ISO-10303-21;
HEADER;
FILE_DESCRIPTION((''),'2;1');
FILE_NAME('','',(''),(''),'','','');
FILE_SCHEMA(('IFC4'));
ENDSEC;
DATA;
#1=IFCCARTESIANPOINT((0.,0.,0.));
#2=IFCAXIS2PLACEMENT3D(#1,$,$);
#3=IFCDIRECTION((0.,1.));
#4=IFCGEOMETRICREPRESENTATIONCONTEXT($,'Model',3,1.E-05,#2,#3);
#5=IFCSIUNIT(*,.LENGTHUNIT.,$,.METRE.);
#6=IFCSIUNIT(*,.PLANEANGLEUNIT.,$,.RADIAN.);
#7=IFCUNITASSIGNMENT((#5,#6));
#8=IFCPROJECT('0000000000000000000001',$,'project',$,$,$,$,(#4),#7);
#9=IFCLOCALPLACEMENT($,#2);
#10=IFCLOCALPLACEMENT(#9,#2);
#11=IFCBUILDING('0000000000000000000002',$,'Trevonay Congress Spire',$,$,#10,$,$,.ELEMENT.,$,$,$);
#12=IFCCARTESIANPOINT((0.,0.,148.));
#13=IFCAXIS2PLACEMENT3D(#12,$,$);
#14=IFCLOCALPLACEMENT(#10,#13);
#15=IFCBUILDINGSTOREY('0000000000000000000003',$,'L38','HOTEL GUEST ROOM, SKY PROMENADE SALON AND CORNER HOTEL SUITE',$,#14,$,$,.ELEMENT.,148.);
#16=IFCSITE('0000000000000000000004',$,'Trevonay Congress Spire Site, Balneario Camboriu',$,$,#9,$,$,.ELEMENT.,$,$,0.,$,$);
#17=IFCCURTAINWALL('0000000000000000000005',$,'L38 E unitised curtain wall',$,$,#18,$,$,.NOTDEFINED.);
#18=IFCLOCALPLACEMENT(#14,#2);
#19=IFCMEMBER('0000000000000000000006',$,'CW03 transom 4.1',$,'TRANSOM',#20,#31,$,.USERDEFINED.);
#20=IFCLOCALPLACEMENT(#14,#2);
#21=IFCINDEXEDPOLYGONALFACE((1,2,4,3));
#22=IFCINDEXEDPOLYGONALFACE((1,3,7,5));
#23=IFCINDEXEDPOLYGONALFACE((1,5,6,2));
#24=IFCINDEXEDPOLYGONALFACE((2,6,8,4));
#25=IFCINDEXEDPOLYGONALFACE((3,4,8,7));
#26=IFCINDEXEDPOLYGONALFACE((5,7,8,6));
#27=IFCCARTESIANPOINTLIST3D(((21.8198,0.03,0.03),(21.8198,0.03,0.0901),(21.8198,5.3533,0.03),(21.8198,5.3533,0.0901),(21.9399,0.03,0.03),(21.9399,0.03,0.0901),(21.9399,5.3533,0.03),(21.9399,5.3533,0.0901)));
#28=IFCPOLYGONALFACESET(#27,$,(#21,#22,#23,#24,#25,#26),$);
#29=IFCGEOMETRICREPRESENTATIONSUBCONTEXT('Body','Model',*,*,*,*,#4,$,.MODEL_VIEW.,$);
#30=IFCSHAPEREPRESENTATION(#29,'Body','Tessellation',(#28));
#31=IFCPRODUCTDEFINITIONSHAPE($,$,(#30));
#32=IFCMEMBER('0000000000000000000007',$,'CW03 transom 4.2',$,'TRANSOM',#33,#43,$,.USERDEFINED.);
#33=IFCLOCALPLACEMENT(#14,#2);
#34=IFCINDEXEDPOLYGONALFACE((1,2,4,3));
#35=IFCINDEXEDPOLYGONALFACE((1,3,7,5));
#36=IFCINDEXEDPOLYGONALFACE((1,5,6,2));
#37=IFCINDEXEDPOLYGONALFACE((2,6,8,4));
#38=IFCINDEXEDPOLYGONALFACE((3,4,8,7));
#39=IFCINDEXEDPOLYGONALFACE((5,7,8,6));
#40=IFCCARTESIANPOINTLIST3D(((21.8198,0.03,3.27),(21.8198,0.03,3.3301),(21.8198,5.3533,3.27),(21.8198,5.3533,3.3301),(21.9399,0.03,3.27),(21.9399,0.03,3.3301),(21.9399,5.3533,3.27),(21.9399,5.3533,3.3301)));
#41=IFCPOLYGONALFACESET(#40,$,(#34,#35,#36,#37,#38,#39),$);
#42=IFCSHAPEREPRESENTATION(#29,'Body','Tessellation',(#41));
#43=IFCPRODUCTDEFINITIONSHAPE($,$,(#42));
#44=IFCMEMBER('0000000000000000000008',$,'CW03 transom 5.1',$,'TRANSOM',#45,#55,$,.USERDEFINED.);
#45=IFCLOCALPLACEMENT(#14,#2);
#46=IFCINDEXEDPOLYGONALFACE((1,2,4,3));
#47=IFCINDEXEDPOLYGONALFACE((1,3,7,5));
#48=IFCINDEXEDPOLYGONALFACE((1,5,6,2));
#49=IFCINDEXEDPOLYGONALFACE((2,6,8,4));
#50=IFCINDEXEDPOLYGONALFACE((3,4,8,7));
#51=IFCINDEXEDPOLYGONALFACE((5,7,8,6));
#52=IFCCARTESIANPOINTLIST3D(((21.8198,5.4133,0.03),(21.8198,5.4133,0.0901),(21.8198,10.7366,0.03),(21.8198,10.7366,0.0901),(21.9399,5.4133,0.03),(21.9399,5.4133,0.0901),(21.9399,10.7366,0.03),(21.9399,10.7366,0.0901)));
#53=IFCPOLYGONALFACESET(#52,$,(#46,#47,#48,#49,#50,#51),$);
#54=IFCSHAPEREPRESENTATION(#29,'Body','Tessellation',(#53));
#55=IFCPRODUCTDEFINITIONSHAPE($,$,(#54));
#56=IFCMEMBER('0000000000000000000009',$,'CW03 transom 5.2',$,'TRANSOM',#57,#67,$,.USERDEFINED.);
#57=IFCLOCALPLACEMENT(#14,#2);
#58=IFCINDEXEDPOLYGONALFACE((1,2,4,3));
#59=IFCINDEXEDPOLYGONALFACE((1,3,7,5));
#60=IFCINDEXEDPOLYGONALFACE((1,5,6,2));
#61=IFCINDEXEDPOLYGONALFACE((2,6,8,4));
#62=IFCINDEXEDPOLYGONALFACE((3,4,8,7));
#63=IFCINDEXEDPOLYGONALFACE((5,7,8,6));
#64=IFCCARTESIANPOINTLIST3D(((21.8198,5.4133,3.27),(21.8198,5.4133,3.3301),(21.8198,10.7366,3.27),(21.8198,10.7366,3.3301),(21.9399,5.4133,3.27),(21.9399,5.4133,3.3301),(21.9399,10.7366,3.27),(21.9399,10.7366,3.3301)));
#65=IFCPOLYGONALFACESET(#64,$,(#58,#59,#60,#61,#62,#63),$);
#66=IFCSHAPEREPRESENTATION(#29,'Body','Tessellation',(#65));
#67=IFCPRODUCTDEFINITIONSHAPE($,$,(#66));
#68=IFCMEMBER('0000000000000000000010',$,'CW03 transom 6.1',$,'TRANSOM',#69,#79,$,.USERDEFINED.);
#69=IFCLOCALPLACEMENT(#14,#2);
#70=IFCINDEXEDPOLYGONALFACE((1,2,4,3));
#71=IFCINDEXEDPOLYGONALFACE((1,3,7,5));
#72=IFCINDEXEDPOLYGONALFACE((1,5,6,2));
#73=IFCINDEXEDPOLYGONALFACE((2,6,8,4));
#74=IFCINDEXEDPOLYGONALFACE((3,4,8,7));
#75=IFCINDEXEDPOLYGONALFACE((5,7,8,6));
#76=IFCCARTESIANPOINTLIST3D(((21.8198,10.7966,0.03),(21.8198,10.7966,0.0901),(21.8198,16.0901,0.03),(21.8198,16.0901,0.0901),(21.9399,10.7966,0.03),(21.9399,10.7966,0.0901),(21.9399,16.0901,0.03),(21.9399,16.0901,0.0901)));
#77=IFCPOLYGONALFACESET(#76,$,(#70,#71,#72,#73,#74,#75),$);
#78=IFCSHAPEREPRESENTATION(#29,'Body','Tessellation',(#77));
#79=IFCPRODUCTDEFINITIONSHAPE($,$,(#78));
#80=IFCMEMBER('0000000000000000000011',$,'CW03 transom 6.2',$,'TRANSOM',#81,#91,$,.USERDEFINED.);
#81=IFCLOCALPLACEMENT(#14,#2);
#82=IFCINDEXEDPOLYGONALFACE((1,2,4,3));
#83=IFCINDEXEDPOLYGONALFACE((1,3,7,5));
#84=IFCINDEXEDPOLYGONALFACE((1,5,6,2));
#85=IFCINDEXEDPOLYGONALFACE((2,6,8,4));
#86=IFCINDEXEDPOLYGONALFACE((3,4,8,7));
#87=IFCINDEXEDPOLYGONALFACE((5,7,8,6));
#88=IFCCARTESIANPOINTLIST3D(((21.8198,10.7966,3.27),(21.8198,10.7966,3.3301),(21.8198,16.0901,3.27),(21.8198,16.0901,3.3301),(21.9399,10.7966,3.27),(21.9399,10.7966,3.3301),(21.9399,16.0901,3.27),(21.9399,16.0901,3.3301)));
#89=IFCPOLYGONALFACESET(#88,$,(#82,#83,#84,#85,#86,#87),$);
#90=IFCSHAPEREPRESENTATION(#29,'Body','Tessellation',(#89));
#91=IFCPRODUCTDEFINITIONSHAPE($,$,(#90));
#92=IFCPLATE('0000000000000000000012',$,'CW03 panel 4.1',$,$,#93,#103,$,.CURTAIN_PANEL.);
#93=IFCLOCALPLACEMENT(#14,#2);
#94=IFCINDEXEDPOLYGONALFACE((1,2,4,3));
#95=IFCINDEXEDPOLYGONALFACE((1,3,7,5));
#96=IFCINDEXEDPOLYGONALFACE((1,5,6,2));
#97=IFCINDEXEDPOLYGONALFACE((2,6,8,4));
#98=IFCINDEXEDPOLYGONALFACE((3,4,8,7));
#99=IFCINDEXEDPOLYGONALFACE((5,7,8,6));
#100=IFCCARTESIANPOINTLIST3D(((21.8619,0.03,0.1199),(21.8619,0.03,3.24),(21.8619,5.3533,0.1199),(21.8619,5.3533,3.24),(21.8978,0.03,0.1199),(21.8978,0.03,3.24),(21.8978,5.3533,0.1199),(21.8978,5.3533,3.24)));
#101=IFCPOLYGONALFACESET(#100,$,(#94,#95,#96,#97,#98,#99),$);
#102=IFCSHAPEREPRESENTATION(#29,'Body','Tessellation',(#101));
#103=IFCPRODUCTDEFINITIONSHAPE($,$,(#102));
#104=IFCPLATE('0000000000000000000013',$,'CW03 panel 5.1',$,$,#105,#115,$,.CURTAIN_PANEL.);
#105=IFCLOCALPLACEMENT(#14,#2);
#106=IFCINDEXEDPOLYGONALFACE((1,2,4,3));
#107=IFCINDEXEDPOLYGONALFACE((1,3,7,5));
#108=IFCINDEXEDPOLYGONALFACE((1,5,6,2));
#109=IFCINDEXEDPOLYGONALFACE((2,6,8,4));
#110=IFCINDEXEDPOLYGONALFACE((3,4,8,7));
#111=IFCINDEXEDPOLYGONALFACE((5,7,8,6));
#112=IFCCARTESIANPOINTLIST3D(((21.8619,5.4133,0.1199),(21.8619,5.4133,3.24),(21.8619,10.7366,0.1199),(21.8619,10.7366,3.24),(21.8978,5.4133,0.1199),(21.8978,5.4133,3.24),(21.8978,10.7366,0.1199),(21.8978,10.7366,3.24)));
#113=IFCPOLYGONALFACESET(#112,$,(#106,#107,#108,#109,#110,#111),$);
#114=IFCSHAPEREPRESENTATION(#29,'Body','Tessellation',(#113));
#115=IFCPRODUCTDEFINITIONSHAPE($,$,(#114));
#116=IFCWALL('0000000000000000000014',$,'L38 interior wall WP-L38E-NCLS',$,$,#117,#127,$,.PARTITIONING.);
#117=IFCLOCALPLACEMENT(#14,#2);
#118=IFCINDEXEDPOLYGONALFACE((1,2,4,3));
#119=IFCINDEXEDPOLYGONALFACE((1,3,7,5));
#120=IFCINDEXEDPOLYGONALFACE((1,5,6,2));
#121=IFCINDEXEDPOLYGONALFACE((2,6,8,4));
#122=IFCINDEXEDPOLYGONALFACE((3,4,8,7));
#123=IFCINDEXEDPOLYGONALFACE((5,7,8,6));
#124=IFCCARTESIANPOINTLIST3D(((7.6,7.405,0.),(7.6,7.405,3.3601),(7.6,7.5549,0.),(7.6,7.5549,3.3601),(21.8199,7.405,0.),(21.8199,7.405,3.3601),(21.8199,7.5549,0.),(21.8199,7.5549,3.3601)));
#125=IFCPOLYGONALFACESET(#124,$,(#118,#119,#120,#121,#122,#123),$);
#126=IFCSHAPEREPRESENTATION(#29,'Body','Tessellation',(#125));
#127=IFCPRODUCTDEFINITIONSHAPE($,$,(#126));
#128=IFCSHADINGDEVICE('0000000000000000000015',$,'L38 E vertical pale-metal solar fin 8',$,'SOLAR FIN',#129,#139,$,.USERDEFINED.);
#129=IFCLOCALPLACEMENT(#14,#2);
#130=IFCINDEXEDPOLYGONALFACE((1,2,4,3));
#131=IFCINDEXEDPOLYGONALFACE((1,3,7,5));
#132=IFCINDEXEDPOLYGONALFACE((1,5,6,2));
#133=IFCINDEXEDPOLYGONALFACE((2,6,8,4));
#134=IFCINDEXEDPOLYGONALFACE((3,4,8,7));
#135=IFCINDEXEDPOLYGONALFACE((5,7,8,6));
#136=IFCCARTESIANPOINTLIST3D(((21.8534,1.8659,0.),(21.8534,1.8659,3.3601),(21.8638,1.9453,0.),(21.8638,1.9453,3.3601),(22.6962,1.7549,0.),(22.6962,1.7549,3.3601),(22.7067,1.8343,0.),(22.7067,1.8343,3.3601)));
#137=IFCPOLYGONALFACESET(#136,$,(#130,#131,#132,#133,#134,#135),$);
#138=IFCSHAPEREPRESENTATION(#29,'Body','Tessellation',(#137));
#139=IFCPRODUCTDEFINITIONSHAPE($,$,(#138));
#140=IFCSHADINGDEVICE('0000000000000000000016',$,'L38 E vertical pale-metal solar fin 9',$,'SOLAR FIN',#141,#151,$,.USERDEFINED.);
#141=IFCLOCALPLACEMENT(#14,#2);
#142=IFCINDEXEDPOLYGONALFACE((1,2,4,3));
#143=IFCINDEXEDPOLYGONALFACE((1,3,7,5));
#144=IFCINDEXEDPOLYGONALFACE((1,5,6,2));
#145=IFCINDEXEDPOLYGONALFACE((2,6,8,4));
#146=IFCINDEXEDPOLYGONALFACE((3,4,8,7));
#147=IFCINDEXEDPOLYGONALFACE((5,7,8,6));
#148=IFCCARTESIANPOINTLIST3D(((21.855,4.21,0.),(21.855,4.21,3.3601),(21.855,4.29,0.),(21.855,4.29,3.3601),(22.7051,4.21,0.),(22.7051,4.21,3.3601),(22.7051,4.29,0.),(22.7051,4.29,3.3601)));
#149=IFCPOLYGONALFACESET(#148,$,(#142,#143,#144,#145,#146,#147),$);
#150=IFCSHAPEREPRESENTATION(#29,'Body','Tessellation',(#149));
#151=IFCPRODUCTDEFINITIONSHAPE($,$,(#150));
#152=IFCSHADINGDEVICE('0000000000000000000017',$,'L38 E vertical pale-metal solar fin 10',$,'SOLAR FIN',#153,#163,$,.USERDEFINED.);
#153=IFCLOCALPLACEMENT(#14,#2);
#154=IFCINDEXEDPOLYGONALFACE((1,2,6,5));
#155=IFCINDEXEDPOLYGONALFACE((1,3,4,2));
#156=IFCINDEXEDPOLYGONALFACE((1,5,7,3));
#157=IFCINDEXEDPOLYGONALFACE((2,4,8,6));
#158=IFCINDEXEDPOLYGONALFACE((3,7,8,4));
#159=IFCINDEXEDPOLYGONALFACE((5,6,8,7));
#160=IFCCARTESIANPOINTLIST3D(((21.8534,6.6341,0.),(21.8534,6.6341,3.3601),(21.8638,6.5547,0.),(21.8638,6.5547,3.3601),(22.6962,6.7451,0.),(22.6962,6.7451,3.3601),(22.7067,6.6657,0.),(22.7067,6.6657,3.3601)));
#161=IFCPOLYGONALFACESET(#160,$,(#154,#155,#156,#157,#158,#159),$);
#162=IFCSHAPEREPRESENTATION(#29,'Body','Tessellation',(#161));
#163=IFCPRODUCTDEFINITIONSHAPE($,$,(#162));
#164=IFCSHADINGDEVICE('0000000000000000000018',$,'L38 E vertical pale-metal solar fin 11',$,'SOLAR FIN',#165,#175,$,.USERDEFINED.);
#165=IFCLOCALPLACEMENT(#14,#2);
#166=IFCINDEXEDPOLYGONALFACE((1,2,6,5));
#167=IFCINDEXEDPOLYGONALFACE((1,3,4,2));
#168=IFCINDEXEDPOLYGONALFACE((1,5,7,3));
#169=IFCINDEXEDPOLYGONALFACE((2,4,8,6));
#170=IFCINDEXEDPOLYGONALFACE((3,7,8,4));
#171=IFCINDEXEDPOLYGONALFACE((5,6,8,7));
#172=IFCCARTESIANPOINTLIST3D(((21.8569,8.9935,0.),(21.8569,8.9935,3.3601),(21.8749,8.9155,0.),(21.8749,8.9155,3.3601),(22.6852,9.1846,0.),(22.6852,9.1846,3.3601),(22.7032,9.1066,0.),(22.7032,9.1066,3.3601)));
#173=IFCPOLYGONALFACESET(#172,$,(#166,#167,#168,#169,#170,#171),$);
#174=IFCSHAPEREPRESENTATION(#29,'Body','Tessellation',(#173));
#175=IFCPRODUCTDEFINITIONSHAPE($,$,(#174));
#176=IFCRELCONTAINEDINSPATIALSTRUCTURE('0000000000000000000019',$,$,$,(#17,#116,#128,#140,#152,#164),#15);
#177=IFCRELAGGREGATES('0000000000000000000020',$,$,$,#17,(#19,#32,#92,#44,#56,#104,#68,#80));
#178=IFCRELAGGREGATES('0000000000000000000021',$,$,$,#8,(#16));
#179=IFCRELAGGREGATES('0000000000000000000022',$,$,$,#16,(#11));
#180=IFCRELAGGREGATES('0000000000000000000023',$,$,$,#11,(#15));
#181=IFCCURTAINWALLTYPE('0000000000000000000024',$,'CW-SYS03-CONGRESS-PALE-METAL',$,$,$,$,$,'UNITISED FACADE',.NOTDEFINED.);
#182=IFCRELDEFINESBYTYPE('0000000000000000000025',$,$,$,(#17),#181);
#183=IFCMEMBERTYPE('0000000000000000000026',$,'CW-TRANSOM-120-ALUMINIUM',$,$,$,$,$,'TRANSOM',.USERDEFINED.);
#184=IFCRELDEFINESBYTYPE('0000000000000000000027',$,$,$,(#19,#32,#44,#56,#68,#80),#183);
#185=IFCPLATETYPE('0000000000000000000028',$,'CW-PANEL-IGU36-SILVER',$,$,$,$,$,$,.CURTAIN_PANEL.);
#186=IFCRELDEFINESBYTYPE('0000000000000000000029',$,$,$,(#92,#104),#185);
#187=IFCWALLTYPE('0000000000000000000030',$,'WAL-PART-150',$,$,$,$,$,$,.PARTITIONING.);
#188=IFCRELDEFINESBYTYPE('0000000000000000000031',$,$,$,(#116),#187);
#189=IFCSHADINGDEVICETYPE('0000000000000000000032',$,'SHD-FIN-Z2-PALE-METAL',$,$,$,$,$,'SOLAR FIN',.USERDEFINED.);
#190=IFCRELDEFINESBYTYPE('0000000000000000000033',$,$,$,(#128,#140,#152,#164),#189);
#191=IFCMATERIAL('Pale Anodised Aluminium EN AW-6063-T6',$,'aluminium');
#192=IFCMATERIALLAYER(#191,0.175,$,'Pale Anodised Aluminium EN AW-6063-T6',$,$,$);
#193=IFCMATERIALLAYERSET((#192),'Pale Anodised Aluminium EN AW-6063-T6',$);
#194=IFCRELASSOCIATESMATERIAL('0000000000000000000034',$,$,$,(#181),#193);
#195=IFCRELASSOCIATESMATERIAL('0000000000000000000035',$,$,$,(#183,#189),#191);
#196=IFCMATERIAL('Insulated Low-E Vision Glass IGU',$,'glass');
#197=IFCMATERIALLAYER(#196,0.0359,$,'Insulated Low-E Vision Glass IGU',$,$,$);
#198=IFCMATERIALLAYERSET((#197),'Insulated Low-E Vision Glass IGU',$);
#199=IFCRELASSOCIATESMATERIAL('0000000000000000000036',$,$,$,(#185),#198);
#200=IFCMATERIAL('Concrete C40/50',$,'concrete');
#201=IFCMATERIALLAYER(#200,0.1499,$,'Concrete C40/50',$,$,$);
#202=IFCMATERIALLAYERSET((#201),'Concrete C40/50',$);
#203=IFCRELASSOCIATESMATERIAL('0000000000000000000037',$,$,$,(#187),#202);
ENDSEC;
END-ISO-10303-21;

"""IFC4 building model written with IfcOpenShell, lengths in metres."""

from ifc_helpers import new_model, si_unit, direction, frame, frame_2d, origin, origin_2d, place, context, subcontext, project, spatial, rectangle, extrude, material, layer, layer_set, material_profile, profile_set, type_object, element, aggregate, save


model = new_model("IFC4")

# Units and contexts
model_context = context("Model", 3, precision=1e-05, world=origin(), true_north=direction((0.0, 1.0)))
body_context = subcontext(model_context, "Body", "Model", "MODEL_VIEW")
ifc_project = project(units=[si_unit("LENGTHUNIT", "METRE"), si_unit("PLANEANGLEUNIT", "RADIAN")], contexts=[model_context])

# Site, building, storey
site_placement = place(None, origin())
site = spatial("IfcSite", under=ifc_project, at=site_placement, Name="Trevonay Congress Spire Site, Balneario Camboriu", CompositionType="ELEMENT", RefElevation=0.0)
building_placement = place(site_placement, origin())
building = spatial("IfcBuilding", under=site, at=building_placement, Name="Trevonay Congress Spire", CompositionType="ELEMENT")
storey_placement = place(building_placement, frame((0.0, 0.0, 148.0)))
storey = spatial("IfcBuildingStorey", under=building, at=storey_placement, Name="L38", Description="HOTEL GUEST ROOM, SKY PROMENADE SALON AND CORNER HOTEL SUITE", CompositionType="ELEMENT", Elevation=148.0)

# Curtain wall, members, plates
ifc_material_1 = material(Name="Pale Anodised Aluminium EN AW-6063-T6", Category="aluminium")
ifc_layer_1 = layer(ifc_material_1, 0.175, Name="Pale Anodised Aluminium EN AW-6063-T6")
ifc_layer_set_1 = layer_set([ifc_layer_1], Name="Pale Anodised Aluminium EN AW-6063-T6")
curtain_wall_type = type_object("IfcCurtainWallType", Name="CW-SYS03-CONGRESS-PALE-METAL", ElementType="UNITISED FACADE", PredefinedType="NOTDEFINED", material=ifc_layer_set_1)
curtain_wall_placement = place(storey_placement, origin())
curtain_wall = element("IfcCurtainWall", 1, at=curtain_wall_placement, inside=storey, type_object=curtain_wall_type, Name="L38 E unitised curtain wall", PredefinedType="NOTDEFINED")
ifc_material_profile_1 = material_profile(ifc_material_1, rectangle(XDim=0.1201, YDim=0.0601, at=origin_2d()), Name="CW-TRANSOM-120-ALUMINIUM")
ifc_profile_set_1 = profile_set([ifc_material_profile_1], Name="Pale Anodised Aluminium EN AW-6063-T6")
member_type_1 = type_object("IfcMemberType", Name="CW-TRANSOM-120-ALUMINIUM", ElementType="TRANSOM", PredefinedType="USERDEFINED", material=ifc_profile_set_1)
member_1_placement = place(storey_placement, frame((21.8799, 0.03, 0.0601), z_axis=(0.0, 1.0, 0.0), x_axis=(-1.0, 0.0, 0.0)))
member_1 = element("IfcMember", 2, at=member_1_placement, type_object=member_type_1, Name="CW03 transom 4.1", ObjectType="TRANSOM", PredefinedType="USERDEFINED", context=body_context, shape_type="SweptSolid", body=[
    extrude(rectangle(XDim=0.1201, YDim=0.0601, at=origin_2d()), origin(), (0.0, 0.0, 1.0), 5.3232),
])
member_2_placement = place(storey_placement, frame((21.8799, 0.03, 3.3), z_axis=(0.0, 1.0, 0.0), x_axis=(-1.0, 0.0, 0.0)))
member_2 = element("IfcMember", 3, at=member_2_placement, type_object=member_type_1, Name="CW03 transom 4.2", ObjectType="TRANSOM", PredefinedType="USERDEFINED", context=body_context, shape_type="SweptSolid", body=[
    extrude(rectangle(XDim=0.1201, YDim=0.0601, at=origin_2d()), origin(), (0.0, 0.0, 1.0), 5.3232),
])
member_3_placement = place(storey_placement, frame((21.8799, 5.4133, 0.0601), z_axis=(0.0, 1.0, 0.0), x_axis=(-1.0, 0.0, 0.0)))
member_3 = element("IfcMember", 4, at=member_3_placement, type_object=member_type_1, Name="CW03 transom 5.1", ObjectType="TRANSOM", PredefinedType="USERDEFINED", context=body_context, shape_type="SweptSolid", body=[
    extrude(rectangle(XDim=0.1201, YDim=0.0601, at=origin_2d()), origin(), (0.0, 0.0, 1.0), 5.3232),
])
member_4_placement = place(storey_placement, frame((21.8799, 5.4133, 3.3), z_axis=(0.0, 1.0, 0.0), x_axis=(-1.0, 0.0, 0.0)))
member_4 = element("IfcMember", 5, at=member_4_placement, type_object=member_type_1, Name="CW03 transom 5.2", ObjectType="TRANSOM", PredefinedType="USERDEFINED", context=body_context, shape_type="SweptSolid", body=[
    extrude(rectangle(XDim=0.1201, YDim=0.0601, at=origin_2d()), origin(), (0.0, 0.0, 1.0), 5.3232),
])
member_5_placement = place(storey_placement, frame((21.8799, 10.7966, 0.0601), z_axis=(0.0, 1.0, 0.0), x_axis=(-1.0, 0.0, 0.0)))
member_5 = element("IfcMember", 6, at=member_5_placement, type_object=member_type_1, Name="CW03 transom 6.1", ObjectType="TRANSOM", PredefinedType="USERDEFINED", context=body_context, shape_type="SweptSolid", body=[
    extrude(rectangle(XDim=0.1201, YDim=0.0601, at=origin_2d()), origin(), (0.0, 0.0, 1.0), 5.2935),
])
member_6_placement = place(storey_placement, frame((21.8799, 10.7966, 3.3), z_axis=(0.0, 1.0, 0.0), x_axis=(-1.0, 0.0, 0.0)))
member_6 = element("IfcMember", 7, at=member_6_placement, type_object=member_type_1, Name="CW03 transom 6.2", ObjectType="TRANSOM", PredefinedType="USERDEFINED", context=body_context, shape_type="SweptSolid", body=[
    extrude(rectangle(XDim=0.1201, YDim=0.0601, at=origin_2d()), origin(), (0.0, 0.0, 1.0), 5.2935),
])
ifc_material_2 = material(Name="Insulated Low-E Vision Glass IGU", Category="glass")
ifc_layer_2 = layer(ifc_material_2, 0.0359, Name="Insulated Low-E Vision Glass IGU")
ifc_layer_set_2 = layer_set([ifc_layer_2], Name="Insulated Low-E Vision Glass IGU")
plate_type = type_object("IfcPlateType", Name="CW-PANEL-IGU36-SILVER", PredefinedType="CURTAIN_PANEL", material=ifc_layer_set_2)
plate_1_placement = place(storey_placement, frame((21.8799, 2.6917, 0.1199), z_axis=(0.0, 0.0, 1.0), x_axis=(0.0, 1.0, 0.0)))
plate_1 = element("IfcPlate", 8, at=plate_1_placement, type_object=plate_type, Name="CW03 panel 4.1", PredefinedType="CURTAIN_PANEL", context=body_context, shape_type="SweptSolid", body=[
    extrude(rectangle(XDim=5.3232, YDim=0.0359, at=origin_2d()), origin(), (0.0, 0.0, 1.0), 3.1201),
])
plate_2_placement = place(storey_placement, frame((21.8799, 8.075, 0.1199), z_axis=(0.0, 0.0, 1.0), x_axis=(0.0, 1.0, 0.0)))
plate_2 = element("IfcPlate", 9, at=plate_2_placement, type_object=plate_type, Name="CW03 panel 5.1", PredefinedType="CURTAIN_PANEL", context=body_context, shape_type="SweptSolid", body=[
    extrude(rectangle(XDim=5.3232, YDim=0.0359, at=origin_2d()), origin(), (0.0, 0.0, 1.0), 3.1201),
])
aggregate(curtain_wall, [member_1, member_2, plate_1, member_3, member_4, plate_2, member_5, member_6])

# Wall
ifc_material_3 = material(Name="Concrete C40/50", Category="concrete")
ifc_layer_3 = layer(ifc_material_3, 0.1499, Name="Concrete C40/50")
ifc_layer_set_3 = layer_set([ifc_layer_3], Name="Concrete C40/50")
wall_type = type_object("IfcWallType", Name="WAL-PART-150", PredefinedType="PARTITIONING", material=ifc_layer_set_3)
wall_placement = place(storey_placement, frame((7.6001, 7.48, 0.0), z_axis=(0.0, 0.0, 1.0), x_axis=(1.0, 0.0, 0.0)))
element("IfcWall", 10, at=wall_placement, inside=storey, type_object=wall_type, Name="L38 interior wall WP-L38E-NCLS", PredefinedType="PARTITIONING", context=body_context, shape_type="SweptSolid", body=[
    extrude(rectangle(XDim=14.22, YDim=0.1499, at=frame_2d((7.1099, 0.0))), origin(), (0.0, 0.0, 1.0), 3.3601),
])

# Shading devices
shading_device_type = type_object("IfcShadingDeviceType", Name="SHD-FIN-Z2-PALE-METAL", ElementType="SOLAR FIN", PredefinedType="USERDEFINED", material=ifc_material_1)
for number, where, z_axis, x_axis, name in (
    (11, (22.28, 1.8501, 0.0), (0.0, 0.0, 1.0), (0.130526, 0.991445, 0.0), "L38 E vertical pale-metal solar fin 8"),
    (12, (22.28, 4.25, 0.0), (0.0, 0.0, 1.0), (0.0, 1.0, 0.0), "L38 E vertical pale-metal solar fin 9"),
    (13, (22.28, 6.6499, 0.0), (0.0, 0.0, 1.0), (-0.130526, 0.991445, 0.0), "L38 E vertical pale-metal solar fin 10"),
    (14, (22.28, 9.05, 0.0), (0.0, 0.0, 1.0), (-0.224781, 0.974409, 0.0), "L38 E vertical pale-metal solar fin 11"),
):
    element("IfcShadingDevice", number, at=place(storey_placement, frame(where, z_axis=z_axis, x_axis=x_axis)), inside=storey, type_object=shading_device_type, Name=name, ObjectType="SOLAR FIN", PredefinedType="USERDEFINED", context=body_context, shape_type="SweptSolid", body=[
        extrude(rectangle(XDim=0.0801, YDim=0.8501, at=origin_2d()), origin(), (0.0, 0.0, 1.0), 3.3601),
    ])

save(model, "model.ifc")
